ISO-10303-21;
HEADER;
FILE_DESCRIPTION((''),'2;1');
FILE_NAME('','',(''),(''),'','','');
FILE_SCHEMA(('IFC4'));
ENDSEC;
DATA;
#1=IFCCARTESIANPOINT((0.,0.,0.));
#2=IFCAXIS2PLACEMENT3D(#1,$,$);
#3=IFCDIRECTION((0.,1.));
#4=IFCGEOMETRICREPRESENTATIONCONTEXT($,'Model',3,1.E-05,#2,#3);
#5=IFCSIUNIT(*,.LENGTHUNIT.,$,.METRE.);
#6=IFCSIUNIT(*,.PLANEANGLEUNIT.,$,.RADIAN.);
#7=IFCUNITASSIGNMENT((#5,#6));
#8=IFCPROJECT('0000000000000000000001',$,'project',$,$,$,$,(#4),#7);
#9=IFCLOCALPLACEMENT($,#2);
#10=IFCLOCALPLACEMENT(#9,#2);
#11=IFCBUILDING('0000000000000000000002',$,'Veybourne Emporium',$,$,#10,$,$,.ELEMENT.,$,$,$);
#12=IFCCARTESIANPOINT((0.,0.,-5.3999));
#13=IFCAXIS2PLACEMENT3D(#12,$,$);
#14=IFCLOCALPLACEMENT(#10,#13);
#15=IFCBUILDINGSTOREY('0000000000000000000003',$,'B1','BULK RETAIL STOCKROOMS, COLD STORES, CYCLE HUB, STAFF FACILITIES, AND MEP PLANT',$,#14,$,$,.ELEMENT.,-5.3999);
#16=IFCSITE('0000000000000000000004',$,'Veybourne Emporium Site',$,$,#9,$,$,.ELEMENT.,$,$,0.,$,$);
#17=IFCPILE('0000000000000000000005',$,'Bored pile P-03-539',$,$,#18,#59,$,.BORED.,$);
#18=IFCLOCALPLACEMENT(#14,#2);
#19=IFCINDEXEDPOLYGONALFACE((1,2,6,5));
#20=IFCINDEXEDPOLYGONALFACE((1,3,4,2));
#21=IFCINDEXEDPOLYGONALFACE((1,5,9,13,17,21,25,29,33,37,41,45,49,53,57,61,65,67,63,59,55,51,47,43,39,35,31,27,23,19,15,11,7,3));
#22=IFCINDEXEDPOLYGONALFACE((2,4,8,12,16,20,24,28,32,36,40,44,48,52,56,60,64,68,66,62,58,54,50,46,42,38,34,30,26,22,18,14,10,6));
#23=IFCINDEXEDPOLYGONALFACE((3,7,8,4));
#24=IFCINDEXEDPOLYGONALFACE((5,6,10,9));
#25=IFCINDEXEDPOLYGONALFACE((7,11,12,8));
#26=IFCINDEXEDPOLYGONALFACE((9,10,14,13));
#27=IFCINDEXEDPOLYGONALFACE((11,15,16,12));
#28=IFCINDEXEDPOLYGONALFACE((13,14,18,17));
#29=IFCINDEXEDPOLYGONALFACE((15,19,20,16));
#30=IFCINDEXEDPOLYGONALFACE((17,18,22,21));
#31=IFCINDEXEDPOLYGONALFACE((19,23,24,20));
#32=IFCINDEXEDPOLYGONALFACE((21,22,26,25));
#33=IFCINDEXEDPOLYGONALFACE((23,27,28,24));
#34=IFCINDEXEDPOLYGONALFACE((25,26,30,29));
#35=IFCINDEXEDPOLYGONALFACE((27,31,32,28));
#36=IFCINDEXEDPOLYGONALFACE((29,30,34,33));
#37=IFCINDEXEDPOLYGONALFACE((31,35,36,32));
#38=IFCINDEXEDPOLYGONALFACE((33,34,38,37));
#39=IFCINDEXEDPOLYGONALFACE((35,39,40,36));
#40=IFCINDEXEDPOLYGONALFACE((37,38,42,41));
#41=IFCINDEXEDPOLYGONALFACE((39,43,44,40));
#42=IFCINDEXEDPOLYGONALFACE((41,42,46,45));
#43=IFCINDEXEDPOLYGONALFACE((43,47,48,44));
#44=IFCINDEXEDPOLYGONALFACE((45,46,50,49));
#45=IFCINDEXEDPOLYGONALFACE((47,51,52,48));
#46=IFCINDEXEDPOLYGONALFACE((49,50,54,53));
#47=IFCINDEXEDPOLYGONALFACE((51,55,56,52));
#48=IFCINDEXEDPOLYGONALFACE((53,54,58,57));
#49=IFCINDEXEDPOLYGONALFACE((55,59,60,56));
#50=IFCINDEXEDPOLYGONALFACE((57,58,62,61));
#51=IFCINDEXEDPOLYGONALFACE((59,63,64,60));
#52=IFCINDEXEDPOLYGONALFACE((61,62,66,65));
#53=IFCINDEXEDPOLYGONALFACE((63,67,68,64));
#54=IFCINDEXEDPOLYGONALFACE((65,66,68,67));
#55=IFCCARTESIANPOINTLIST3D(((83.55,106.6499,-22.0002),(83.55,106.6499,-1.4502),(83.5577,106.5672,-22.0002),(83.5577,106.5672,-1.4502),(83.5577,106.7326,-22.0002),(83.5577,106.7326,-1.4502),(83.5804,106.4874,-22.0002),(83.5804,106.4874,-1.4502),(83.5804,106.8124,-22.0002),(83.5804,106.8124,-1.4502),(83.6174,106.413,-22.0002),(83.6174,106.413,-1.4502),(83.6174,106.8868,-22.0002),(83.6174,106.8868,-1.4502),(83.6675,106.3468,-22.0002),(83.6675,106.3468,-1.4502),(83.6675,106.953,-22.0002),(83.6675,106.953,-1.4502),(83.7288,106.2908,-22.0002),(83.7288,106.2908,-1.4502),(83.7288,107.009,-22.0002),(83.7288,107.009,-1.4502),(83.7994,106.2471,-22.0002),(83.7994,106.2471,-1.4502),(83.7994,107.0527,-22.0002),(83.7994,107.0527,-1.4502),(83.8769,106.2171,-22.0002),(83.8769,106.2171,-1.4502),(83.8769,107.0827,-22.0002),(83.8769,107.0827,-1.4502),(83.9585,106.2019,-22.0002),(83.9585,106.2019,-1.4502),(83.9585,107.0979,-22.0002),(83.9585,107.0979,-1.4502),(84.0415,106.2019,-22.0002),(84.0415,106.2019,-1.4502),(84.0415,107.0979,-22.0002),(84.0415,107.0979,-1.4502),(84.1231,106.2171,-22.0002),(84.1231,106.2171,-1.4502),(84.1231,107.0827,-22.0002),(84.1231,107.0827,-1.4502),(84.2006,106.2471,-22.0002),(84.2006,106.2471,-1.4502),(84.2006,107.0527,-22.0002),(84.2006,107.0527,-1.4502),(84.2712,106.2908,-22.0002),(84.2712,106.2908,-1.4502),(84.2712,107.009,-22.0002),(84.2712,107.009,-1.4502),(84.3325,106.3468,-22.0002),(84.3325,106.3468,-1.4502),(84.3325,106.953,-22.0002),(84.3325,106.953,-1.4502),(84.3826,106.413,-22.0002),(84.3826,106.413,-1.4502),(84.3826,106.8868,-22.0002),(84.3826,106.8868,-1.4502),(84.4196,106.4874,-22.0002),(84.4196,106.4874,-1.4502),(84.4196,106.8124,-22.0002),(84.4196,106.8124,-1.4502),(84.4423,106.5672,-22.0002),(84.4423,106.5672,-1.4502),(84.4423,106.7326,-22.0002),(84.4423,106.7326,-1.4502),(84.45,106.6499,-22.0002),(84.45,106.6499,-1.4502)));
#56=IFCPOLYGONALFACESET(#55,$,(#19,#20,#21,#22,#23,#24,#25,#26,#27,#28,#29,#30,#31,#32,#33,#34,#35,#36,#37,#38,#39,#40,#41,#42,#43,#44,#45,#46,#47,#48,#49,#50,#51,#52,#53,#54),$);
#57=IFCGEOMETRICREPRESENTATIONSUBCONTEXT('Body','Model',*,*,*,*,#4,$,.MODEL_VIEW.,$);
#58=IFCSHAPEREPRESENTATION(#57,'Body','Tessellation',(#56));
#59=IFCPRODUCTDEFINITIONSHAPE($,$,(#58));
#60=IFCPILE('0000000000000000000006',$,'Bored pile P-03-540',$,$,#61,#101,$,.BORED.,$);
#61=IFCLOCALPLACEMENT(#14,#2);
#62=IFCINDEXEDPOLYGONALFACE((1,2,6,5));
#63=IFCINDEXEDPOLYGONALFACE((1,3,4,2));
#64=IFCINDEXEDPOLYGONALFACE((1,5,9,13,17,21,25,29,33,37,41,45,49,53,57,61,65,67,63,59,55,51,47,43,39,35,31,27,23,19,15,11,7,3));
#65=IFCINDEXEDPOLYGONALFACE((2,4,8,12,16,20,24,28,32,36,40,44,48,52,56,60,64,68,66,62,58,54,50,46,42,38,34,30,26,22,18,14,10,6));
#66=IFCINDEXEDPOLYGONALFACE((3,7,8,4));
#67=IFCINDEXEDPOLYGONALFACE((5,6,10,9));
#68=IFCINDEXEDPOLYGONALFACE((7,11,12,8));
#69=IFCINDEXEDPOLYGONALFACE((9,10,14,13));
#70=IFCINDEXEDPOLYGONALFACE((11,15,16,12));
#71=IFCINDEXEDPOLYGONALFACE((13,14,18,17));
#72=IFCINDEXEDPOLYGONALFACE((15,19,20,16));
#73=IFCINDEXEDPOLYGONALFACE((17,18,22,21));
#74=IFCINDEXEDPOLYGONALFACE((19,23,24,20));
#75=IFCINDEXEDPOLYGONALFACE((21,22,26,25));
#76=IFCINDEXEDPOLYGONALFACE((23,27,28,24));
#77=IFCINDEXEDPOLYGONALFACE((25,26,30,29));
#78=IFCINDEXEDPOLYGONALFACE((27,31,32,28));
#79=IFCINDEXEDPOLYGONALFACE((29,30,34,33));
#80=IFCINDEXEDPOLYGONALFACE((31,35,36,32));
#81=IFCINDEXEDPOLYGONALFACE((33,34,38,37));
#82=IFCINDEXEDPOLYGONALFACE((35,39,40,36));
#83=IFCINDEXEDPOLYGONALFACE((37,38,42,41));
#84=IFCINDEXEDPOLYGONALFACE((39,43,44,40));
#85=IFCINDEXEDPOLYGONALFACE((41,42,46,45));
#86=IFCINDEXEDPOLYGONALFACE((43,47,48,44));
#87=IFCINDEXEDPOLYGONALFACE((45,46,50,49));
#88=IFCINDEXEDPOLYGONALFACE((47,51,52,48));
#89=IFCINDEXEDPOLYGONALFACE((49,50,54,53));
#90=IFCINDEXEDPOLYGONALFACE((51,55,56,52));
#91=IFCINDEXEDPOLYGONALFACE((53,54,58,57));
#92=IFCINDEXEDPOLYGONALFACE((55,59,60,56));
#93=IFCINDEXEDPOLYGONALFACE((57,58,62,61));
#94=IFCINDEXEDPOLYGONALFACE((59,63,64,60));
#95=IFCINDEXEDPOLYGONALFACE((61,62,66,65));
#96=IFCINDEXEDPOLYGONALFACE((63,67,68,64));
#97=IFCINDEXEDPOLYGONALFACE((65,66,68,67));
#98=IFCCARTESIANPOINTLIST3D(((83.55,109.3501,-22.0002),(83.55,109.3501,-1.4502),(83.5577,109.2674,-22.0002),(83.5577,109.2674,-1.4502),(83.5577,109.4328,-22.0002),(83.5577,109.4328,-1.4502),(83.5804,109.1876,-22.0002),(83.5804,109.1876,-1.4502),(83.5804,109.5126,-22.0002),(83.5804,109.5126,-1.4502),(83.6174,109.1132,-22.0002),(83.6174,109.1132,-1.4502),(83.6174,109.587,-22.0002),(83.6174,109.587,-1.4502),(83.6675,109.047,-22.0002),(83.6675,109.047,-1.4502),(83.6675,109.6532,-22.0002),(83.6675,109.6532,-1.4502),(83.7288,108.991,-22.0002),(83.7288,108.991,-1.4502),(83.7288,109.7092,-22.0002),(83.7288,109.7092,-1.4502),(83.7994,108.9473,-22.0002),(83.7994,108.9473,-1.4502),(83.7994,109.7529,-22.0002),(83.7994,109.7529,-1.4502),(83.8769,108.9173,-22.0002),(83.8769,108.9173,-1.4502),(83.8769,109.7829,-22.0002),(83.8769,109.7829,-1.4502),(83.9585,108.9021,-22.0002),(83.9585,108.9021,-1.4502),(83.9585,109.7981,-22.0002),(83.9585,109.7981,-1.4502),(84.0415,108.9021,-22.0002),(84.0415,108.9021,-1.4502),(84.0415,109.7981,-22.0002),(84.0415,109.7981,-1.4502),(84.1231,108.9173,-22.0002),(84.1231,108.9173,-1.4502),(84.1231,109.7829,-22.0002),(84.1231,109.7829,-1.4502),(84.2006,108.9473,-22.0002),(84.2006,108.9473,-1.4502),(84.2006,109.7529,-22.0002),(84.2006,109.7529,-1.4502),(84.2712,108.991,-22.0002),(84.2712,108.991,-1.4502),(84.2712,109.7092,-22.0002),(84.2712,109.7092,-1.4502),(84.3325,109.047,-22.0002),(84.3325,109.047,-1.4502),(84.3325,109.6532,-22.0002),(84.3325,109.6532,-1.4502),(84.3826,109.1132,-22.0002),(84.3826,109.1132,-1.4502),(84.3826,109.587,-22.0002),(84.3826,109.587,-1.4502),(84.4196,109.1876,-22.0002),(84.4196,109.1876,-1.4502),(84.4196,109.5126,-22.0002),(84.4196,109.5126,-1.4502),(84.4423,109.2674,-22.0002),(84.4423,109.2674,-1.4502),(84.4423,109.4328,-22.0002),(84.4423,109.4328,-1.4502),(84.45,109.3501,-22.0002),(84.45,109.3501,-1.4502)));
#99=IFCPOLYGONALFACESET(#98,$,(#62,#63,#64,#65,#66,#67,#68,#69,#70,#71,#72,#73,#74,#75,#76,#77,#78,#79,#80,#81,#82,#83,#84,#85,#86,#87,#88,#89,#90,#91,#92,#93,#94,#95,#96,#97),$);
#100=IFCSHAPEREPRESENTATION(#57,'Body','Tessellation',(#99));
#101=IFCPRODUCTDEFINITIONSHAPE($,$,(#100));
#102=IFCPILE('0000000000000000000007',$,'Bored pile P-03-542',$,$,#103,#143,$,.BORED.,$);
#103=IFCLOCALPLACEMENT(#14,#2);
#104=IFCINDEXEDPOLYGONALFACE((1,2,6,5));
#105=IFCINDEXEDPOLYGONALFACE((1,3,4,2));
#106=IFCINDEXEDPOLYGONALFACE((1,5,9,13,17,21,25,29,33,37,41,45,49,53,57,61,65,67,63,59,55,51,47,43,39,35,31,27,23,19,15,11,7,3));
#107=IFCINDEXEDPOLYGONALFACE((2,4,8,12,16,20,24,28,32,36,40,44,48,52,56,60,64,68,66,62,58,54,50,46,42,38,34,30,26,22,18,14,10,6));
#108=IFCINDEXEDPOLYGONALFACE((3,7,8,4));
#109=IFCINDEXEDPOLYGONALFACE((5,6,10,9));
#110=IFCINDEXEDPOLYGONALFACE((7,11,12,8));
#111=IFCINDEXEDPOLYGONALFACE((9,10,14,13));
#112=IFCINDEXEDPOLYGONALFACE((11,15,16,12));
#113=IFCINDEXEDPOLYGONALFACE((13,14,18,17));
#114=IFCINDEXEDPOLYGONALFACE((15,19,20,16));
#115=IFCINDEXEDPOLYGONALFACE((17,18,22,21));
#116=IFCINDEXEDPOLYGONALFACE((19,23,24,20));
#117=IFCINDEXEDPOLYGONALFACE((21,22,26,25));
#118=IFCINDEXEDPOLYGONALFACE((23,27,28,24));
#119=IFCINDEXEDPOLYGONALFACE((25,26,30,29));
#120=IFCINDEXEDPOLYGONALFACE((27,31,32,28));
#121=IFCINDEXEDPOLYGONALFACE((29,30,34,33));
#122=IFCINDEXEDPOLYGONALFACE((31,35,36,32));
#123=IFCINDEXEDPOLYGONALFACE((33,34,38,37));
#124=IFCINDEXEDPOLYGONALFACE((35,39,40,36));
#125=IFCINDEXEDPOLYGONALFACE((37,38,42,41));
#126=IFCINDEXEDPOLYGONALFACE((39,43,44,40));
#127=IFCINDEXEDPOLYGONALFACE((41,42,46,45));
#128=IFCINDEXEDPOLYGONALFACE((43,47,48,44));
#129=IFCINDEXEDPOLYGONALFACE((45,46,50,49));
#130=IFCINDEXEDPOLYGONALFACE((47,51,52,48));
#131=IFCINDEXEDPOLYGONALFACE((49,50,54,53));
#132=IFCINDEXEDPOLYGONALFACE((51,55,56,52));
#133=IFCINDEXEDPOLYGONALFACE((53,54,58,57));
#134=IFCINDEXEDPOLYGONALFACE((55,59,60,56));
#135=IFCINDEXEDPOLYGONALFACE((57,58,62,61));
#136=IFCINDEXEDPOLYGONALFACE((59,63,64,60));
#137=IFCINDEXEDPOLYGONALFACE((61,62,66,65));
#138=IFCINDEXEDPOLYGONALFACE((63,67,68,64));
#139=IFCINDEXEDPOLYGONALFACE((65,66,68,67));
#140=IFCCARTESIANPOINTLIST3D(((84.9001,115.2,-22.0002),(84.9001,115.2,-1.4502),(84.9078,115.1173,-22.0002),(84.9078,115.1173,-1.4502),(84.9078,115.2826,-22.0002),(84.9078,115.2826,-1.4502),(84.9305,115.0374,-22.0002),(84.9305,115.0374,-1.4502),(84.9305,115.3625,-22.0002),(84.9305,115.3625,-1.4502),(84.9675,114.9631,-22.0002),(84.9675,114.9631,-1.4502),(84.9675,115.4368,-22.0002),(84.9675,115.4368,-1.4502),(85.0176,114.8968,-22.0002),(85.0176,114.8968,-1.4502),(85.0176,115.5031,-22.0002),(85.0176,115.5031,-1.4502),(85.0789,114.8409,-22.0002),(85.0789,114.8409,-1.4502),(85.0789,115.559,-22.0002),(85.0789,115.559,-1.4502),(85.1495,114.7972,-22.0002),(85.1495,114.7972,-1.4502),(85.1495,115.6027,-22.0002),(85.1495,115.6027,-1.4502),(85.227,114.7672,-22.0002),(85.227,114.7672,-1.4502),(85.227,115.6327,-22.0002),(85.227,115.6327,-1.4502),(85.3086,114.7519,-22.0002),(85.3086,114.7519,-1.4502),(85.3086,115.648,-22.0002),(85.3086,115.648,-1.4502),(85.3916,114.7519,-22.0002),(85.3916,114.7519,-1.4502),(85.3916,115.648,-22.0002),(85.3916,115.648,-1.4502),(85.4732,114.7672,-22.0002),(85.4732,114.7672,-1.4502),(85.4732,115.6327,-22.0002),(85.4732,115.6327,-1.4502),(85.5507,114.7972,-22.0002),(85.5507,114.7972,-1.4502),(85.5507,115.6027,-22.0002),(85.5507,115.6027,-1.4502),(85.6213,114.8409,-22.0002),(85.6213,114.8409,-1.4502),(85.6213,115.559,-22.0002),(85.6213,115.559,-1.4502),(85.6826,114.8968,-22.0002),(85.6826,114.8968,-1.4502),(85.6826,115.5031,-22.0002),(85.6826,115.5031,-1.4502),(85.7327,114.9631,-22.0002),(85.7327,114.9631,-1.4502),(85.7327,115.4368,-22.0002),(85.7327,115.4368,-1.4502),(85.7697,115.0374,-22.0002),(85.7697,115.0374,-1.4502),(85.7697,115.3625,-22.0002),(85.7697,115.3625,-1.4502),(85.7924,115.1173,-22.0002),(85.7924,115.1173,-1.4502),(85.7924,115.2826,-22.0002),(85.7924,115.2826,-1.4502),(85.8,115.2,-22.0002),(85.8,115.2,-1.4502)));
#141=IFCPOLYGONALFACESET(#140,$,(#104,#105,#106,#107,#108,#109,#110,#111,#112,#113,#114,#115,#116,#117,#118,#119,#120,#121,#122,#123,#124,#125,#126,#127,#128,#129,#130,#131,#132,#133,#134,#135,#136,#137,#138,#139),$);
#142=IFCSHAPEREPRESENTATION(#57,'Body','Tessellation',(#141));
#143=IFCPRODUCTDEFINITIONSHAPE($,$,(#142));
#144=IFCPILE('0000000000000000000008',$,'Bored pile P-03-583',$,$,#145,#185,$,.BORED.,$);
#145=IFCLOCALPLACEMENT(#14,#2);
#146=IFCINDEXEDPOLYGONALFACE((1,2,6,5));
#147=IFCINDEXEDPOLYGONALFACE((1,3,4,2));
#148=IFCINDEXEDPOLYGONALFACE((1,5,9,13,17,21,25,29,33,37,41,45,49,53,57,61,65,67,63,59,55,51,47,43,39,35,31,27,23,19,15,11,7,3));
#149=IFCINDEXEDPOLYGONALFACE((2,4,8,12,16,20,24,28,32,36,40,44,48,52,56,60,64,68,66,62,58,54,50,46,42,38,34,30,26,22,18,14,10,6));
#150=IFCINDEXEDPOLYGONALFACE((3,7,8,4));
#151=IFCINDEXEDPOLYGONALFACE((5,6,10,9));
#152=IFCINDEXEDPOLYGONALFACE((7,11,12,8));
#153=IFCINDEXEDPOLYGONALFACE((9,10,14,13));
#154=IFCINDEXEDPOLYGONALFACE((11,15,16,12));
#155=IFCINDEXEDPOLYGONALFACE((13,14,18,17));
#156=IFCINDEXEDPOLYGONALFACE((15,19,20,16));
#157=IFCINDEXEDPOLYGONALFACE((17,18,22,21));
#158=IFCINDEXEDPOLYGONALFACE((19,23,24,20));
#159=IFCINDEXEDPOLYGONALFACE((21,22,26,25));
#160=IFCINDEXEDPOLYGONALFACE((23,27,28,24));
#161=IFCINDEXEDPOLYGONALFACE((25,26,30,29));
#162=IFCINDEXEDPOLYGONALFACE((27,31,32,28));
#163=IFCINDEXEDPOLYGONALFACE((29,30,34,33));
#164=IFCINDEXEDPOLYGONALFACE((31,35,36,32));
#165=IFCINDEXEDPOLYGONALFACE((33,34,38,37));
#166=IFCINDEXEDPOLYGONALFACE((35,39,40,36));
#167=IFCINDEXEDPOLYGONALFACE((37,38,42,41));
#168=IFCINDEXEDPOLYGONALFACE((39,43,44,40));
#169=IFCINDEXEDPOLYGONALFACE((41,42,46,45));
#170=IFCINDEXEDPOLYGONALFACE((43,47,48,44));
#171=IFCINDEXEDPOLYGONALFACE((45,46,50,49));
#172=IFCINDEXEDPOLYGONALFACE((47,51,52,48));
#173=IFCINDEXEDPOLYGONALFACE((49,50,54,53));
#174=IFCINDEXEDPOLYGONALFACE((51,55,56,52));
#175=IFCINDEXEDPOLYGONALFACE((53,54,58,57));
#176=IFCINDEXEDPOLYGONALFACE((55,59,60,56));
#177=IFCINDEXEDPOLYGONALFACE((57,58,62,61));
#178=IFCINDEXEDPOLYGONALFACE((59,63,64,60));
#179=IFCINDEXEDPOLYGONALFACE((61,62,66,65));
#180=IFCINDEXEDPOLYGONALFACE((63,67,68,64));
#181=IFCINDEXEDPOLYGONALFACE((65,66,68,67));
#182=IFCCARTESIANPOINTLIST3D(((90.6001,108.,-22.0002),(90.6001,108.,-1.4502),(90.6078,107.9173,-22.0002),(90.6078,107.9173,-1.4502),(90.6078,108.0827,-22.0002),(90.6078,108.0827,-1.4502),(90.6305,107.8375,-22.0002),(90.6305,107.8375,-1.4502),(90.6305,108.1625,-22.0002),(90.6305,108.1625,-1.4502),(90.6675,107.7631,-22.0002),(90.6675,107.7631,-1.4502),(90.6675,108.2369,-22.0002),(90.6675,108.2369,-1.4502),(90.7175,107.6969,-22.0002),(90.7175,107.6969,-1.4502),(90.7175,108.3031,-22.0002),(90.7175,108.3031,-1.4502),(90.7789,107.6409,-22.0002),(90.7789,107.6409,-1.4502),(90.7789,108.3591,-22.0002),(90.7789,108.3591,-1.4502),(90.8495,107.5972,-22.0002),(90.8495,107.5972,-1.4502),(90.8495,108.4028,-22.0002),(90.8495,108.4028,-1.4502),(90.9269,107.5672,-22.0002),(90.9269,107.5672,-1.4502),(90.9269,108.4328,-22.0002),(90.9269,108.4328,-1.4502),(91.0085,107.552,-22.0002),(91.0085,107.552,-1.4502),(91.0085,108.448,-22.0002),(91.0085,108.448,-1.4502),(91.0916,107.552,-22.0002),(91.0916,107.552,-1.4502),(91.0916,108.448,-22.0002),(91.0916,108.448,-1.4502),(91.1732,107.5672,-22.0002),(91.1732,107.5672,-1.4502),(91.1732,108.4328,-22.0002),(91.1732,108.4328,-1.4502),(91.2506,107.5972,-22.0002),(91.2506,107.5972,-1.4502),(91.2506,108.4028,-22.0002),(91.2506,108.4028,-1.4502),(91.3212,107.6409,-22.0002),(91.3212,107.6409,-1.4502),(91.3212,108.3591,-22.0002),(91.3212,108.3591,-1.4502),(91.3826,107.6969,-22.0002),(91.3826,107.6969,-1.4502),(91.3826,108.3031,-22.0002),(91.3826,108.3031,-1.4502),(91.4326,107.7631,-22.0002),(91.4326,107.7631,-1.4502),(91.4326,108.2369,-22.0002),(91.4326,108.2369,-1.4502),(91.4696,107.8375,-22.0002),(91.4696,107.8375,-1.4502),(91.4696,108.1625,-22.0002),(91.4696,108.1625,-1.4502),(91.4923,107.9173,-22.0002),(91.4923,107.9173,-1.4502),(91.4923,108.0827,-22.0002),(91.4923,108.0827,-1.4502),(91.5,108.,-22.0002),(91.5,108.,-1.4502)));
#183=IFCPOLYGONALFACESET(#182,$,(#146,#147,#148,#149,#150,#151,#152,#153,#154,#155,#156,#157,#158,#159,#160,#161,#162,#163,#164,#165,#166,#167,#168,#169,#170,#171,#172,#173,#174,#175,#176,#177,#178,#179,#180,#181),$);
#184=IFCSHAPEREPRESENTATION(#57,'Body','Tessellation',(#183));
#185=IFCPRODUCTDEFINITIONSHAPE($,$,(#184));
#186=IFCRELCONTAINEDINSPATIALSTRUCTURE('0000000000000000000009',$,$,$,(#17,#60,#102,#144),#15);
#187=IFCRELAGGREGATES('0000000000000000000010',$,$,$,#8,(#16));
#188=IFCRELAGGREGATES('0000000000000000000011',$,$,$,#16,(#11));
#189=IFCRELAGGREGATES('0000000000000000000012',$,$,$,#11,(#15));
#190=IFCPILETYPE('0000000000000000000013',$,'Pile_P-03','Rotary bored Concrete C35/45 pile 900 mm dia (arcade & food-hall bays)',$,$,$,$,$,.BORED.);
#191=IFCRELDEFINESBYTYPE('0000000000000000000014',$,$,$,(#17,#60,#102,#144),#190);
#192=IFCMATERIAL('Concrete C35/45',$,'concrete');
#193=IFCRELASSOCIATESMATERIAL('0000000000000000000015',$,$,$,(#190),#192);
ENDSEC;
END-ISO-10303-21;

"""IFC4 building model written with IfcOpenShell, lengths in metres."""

from ifc_helpers import new_model, si_unit, direction, frame, origin, origin_2d, place, context, subcontext, project, spatial, circle, extrude, material, material_profile, profile_set, type_object, element, save


model = new_model("IFC4")

# Units and contexts
model_context = context("Model", 3, precision=1e-05, world=origin(), true_north=direction((0.0, 1.0)))
body_context = subcontext(model_context, "Body", "Model", "MODEL_VIEW")
ifc_project = project(units=[si_unit("LENGTHUNIT", "METRE"), si_unit("PLANEANGLEUNIT", "RADIAN")], contexts=[model_context])

# Site, building, storey
site_placement = place(None, origin())
site = spatial("IfcSite", under=ifc_project, at=site_placement, Name="Veybourne Emporium Site", CompositionType="ELEMENT", RefElevation=0.0)
building_placement = place(site_placement, origin())
building = spatial("IfcBuilding", under=site, at=building_placement, Name="Veybourne Emporium", CompositionType="ELEMENT")
storey_placement = place(building_placement, frame((0.0, 0.0, -5.3999)))
storey = spatial("IfcBuildingStorey", under=building, at=storey_placement, Name="B1", Description="BULK RETAIL STOCKROOMS, COLD STORES, CYCLE HUB, STAFF FACILITIES, AND MEP PLANT", CompositionType="ELEMENT", Elevation=-5.3999)

# Shared definitions
ifc_material_1 = material(Name="Concrete C35/45", Category="concrete")

# Piles
ifc_material_profile_1 = material_profile(ifc_material_1, circle(Radius=0.45, at=origin_2d()), Name="BORED PILE 900")
ifc_profile_set_1 = profile_set([ifc_material_profile_1], Name="Concrete C35/45")
pile_type_1 = type_object("IfcPileType", Name="Pile_P-03", Description="Rotary bored Concrete C35/45 pile 900 mm dia (arcade & food-hall bays)", PredefinedType="BORED", material=ifc_profile_set_1)
for number, where, z_axis, x_axis, name in (
    (1, (84.0, 106.6499, -1.4502), (0.0, 0.0, -1.0), (1.0, 0.0, 0.0), "Bored pile P-03-539"),
    (2, (84.0, 109.3501, -1.4502), (0.0, 0.0, -1.0), (1.0, 0.0, 0.0), "Bored pile P-03-540"),
    (3, (85.3501, 115.2, -1.4502), (0.0, 0.0, -1.0), (1.0, 0.0, 0.0), "Bored pile P-03-542"),
    (4, (91.05, 108.0, -1.4502), (0.0, 0.0, -1.0), (1.0, 0.0, 0.0), "Bored pile P-03-583"),
):
    element("IfcPile", number, at=place(storey_placement, frame(where, z_axis=z_axis, x_axis=x_axis)), inside=storey, type_object=pile_type_1, Name=name, PredefinedType="BORED", context=body_context, shape_type="SweptSolid", body=[
        extrude(circle(Radius=0.45, at=origin_2d()), origin(), (0.0, 0.0, 1.0), 20.55),
    ])

save(model, "model.ifc")
